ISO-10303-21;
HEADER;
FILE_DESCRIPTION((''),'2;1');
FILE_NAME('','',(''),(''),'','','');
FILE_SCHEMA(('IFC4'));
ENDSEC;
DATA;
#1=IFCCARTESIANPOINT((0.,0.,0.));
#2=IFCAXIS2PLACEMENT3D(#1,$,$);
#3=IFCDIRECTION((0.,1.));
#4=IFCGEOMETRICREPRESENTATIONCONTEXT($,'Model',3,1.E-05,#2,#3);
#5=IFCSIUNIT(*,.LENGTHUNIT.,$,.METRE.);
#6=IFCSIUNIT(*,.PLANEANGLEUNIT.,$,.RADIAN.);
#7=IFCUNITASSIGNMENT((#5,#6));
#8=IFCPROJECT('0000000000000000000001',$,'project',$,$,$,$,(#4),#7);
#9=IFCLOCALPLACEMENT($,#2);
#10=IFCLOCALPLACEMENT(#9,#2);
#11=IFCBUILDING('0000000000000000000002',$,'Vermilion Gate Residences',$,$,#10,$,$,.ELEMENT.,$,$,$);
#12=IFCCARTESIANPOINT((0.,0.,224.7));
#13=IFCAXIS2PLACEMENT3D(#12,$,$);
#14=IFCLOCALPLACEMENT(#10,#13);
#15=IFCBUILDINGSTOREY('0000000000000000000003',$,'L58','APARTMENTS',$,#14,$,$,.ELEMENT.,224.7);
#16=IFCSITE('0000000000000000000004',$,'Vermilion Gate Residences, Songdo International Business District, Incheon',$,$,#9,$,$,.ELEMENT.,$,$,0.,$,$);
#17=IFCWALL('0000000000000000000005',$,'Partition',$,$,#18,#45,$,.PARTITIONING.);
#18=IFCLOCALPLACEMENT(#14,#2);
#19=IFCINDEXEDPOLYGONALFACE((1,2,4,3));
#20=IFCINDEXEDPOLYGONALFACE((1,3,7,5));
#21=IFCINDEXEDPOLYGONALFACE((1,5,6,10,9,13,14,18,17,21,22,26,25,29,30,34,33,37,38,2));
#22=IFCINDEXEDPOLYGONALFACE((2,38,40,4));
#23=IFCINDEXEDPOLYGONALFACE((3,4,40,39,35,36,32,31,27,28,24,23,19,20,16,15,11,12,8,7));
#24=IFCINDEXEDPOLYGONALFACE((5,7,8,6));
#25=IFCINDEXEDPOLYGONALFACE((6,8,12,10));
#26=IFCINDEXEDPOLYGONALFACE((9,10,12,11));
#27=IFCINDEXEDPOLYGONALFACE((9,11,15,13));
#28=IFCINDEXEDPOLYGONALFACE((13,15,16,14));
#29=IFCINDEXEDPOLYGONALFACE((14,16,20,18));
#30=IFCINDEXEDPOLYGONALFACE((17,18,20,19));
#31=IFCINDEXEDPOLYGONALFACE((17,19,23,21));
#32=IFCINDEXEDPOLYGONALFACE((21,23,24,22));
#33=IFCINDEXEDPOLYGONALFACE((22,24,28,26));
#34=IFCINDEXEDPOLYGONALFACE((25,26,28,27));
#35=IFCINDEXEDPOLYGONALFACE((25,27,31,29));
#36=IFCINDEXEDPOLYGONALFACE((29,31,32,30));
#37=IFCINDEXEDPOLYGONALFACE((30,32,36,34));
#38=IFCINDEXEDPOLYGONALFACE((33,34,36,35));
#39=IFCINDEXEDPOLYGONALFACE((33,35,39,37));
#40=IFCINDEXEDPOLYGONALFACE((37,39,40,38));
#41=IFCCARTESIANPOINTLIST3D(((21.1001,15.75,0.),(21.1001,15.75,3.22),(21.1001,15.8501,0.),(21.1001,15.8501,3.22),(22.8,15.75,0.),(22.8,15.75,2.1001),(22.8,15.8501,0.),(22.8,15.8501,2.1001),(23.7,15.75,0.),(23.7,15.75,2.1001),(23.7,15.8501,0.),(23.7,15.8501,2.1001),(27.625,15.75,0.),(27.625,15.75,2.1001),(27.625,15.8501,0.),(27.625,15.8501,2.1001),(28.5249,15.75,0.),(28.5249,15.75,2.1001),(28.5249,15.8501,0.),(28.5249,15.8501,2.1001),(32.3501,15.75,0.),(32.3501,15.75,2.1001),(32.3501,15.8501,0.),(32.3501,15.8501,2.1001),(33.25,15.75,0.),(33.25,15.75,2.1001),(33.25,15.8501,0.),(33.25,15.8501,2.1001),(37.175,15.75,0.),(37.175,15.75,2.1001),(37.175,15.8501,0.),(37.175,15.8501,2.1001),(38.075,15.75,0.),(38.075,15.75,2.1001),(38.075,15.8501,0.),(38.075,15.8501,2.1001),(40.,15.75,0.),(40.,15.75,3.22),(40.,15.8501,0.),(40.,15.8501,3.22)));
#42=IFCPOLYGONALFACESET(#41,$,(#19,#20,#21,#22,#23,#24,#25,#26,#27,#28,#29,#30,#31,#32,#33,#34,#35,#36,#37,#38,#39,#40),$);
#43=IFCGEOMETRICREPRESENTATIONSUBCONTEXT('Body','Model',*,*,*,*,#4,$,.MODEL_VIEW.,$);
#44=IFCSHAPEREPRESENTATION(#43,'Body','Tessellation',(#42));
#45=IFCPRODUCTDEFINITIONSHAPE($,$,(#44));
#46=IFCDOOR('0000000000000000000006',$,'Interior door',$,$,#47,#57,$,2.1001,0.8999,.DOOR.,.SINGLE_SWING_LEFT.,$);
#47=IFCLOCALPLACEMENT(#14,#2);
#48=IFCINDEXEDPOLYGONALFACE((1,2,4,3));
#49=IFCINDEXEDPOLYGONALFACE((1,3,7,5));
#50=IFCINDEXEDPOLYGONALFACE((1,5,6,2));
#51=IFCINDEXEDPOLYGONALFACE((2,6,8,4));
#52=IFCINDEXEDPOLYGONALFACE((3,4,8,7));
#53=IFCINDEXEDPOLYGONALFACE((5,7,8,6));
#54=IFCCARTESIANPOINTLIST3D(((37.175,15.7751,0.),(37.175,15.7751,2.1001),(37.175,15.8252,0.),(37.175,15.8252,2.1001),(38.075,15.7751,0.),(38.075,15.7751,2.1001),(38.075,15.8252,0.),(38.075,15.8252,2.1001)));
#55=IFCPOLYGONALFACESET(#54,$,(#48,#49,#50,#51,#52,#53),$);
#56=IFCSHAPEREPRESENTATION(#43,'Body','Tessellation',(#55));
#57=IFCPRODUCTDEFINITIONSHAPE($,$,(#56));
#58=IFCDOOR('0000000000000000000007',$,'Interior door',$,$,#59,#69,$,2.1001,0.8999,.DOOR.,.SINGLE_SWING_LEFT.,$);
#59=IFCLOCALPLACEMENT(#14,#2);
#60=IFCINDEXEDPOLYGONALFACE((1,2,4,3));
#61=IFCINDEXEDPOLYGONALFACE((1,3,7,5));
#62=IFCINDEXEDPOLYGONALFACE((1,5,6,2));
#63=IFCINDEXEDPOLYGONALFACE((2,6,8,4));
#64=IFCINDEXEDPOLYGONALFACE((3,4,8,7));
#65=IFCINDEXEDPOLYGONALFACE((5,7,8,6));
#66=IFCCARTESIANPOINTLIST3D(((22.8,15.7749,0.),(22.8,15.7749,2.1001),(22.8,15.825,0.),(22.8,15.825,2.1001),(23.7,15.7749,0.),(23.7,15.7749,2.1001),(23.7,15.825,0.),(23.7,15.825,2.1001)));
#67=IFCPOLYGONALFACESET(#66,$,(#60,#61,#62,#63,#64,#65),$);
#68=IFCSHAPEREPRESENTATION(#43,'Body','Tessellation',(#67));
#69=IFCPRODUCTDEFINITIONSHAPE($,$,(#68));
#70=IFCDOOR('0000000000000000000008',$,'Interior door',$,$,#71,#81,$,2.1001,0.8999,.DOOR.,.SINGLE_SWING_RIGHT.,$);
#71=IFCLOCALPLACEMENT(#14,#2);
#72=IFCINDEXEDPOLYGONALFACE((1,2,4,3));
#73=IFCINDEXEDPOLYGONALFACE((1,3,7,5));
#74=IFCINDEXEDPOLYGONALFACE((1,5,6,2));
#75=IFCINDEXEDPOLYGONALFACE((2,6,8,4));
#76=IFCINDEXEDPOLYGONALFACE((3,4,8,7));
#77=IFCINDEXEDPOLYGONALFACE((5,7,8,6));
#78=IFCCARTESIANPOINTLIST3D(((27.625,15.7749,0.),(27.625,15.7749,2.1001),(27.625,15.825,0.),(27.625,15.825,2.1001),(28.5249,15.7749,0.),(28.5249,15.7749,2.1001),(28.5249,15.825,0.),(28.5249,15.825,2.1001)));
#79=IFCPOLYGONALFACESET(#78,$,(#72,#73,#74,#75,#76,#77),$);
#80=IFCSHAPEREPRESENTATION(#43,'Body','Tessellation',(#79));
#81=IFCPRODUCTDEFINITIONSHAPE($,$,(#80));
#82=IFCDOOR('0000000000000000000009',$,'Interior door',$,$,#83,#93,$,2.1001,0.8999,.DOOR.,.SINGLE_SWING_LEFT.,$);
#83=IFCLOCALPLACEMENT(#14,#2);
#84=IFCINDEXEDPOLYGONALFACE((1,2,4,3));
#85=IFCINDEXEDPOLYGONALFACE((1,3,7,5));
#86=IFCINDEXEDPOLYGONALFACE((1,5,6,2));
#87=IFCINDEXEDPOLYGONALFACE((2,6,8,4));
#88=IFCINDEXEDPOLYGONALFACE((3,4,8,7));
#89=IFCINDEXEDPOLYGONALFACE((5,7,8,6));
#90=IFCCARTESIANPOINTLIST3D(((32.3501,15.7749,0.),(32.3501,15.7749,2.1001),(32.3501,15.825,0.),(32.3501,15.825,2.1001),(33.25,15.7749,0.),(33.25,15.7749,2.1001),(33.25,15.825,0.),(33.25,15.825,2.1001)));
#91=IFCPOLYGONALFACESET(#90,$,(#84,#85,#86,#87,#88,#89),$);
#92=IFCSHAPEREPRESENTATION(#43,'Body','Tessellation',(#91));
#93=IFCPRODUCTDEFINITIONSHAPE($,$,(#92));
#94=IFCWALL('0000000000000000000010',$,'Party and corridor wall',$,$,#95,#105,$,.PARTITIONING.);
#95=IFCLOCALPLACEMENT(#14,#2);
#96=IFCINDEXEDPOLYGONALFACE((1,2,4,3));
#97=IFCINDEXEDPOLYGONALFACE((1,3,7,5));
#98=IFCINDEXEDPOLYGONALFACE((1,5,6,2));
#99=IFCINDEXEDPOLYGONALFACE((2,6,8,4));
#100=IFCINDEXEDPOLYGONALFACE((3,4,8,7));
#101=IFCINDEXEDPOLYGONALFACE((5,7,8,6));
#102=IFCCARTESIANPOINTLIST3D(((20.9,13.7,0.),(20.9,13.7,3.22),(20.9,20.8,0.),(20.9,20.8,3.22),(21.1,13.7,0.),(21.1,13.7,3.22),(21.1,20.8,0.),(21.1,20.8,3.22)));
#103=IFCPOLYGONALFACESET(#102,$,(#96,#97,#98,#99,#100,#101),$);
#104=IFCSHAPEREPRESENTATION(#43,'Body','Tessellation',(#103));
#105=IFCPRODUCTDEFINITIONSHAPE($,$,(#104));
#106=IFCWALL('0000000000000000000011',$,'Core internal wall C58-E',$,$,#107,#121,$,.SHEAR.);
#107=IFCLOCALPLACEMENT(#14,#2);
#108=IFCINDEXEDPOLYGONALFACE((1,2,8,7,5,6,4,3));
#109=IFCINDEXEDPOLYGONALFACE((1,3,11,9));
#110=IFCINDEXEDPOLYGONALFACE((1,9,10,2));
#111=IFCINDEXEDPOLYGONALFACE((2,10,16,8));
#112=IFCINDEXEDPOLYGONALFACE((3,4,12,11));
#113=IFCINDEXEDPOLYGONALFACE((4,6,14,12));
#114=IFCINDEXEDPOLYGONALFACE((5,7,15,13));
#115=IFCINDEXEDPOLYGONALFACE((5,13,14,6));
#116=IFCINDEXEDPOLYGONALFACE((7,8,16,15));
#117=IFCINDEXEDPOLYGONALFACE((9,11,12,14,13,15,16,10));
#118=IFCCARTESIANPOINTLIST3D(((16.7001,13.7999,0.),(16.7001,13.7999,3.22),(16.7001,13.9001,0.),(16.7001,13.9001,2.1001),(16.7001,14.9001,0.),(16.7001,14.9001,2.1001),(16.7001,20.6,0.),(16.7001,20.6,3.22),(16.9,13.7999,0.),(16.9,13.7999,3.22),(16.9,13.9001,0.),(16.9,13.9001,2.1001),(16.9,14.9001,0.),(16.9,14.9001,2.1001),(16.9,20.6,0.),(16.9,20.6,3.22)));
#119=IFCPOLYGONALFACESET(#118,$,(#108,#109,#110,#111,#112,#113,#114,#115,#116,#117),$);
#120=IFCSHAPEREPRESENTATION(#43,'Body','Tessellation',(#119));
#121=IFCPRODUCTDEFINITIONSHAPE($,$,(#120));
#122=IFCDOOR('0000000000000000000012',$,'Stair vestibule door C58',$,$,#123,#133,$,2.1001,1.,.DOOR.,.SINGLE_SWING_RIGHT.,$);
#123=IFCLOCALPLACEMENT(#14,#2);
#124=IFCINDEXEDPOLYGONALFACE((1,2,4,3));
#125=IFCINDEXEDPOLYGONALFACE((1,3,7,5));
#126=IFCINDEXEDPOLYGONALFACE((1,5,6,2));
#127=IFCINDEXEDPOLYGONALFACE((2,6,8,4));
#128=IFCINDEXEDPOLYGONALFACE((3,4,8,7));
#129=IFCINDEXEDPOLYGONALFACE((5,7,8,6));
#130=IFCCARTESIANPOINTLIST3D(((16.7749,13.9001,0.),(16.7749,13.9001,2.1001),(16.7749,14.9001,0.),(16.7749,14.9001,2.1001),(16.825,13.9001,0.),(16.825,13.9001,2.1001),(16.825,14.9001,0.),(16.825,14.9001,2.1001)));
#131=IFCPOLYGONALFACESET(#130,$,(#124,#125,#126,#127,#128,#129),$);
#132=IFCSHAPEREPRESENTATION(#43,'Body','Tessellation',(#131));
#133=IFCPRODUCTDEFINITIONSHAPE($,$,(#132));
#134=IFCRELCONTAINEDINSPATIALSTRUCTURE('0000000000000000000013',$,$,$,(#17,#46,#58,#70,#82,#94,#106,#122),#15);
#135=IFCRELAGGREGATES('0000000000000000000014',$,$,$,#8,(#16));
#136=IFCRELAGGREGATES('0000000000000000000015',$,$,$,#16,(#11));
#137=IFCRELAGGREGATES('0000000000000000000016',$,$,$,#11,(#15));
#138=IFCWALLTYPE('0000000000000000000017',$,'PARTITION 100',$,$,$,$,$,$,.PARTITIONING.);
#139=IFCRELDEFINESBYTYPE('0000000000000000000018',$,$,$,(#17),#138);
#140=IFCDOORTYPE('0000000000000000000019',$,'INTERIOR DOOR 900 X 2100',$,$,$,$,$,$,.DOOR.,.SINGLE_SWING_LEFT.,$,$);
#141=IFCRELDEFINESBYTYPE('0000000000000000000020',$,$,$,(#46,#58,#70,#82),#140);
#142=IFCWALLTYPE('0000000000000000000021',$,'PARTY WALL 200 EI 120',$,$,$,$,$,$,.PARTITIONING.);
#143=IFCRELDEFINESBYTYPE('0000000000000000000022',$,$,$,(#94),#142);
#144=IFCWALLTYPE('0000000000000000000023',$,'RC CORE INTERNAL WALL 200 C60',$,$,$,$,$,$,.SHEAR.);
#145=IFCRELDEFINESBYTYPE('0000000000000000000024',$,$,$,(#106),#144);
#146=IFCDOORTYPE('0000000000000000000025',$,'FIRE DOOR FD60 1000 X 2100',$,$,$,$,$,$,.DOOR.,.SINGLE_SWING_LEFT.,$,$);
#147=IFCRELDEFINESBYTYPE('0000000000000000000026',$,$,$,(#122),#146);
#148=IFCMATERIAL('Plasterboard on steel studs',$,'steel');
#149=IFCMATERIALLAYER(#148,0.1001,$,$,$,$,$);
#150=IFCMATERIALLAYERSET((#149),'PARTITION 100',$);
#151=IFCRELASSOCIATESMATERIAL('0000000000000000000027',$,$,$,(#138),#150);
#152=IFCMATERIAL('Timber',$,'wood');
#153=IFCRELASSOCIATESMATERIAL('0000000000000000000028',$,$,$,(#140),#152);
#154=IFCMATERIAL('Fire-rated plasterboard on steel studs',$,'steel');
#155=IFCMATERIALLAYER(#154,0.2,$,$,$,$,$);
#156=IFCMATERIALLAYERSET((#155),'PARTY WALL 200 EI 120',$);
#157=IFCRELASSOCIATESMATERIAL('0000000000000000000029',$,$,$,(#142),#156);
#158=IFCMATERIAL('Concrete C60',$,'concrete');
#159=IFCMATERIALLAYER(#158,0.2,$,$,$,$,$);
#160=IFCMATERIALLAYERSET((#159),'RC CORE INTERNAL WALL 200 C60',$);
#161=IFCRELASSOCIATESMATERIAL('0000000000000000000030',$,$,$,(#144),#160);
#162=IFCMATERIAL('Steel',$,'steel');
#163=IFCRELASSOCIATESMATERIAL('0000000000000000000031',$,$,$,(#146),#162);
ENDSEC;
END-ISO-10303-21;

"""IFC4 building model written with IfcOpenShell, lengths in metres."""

from ifc_helpers import new_model, si_unit, direction, frame, frame_2d, origin, place, context, subcontext, project, spatial, rectangle, extrude, material, layer, layer_set, type_object, element, fill, save


model = new_model("IFC4")

# Units and contexts
model_context = context("Model", 3, precision=1e-05, world=origin(), true_north=direction((0.0, 1.0)))
body_context = subcontext(model_context, "Body", "Model", "MODEL_VIEW")
ifc_project = project(units=[si_unit("LENGTHUNIT", "METRE"), si_unit("PLANEANGLEUNIT", "RADIAN")], contexts=[model_context])

# Site, building, storey
site_placement = place(None, origin())
site = spatial("IfcSite", under=ifc_project, at=site_placement, Name="Vermilion Gate Residences, Songdo International Business District, Incheon", CompositionType="ELEMENT", RefElevation=0.0)
building_placement = place(site_placement, origin())
building = spatial("IfcBuilding", under=site, at=building_placement, Name="Vermilion Gate Residences", CompositionType="ELEMENT")
storey_placement = place(building_placement, frame((0.0, 0.0, 224.7)))
storey = spatial("IfcBuildingStorey", under=building, at=storey_placement, Name="L58", Description="APARTMENTS", CompositionType="ELEMENT", Elevation=224.7)

# Wall, openings, doors
ifc_material_1 = material(Name="Plasterboard on steel studs", Category="steel")
ifc_layer_1 = layer(ifc_material_1, 0.1001)
ifc_layer_set_1 = layer_set([ifc_layer_1], Name="PARTITION 100")
wall_type_1 = type_object("IfcWallType", Name="PARTITION 100", PredefinedType="PARTITIONING", material=ifc_layer_set_1)
ifc_material_2 = material(Name="Timber", Category="wood")
door_type_1 = type_object("IfcDoorType", Name="INTERIOR DOOR 900 X 2100", OperationType="SINGLE_SWING_LEFT", PredefinedType="DOOR", material=ifc_material_2)
wall_1_placement = place(storey_placement, frame((21.1001, 15.8, 0.0), z_axis=(0.0, 0.0, 1.0), x_axis=(1.0, 0.0, 0.0)))
wall_1 = element("IfcWall", 1, at=wall_1_placement, inside=storey, type_object=wall_type_1, Name="Partition", PredefinedType="PARTITIONING", context=body_context, shape_type="SweptSolid", body=[
    extrude(rectangle(XDim=18.8999, YDim=0.1001, at=frame_2d((9.45, 0.0))), origin(), (0.0, 0.0, 1.0), 3.22),
])
opening_1_placement = place(wall_1_placement, frame((16.075, 0.0, 0.0)))
opening_1 = element("IfcOpeningElement", 2, at=opening_1_placement, cuts=wall_1, PredefinedType="OPENING", context=body_context, shape_type="SweptSolid", body=[
    extrude(rectangle(XDim=0.8999, YDim=2.1001, at=frame_2d((0.45, 1.05))), frame((0.0, 0.0601, 0.0), z_axis=(0.0, -1.0, 0.0), x_axis=(1.0, 0.0, 0.0)), (0.0, 0.0, 1.0), 0.1201),
])
opening_2_placement = place(wall_1_placement, frame((1.7, 0.0, 0.0)))
opening_2 = element("IfcOpeningElement", 3, at=opening_2_placement, cuts=wall_1, PredefinedType="OPENING", context=body_context, shape_type="SweptSolid", body=[
    extrude(rectangle(XDim=0.8999, YDim=2.1001, at=frame_2d((0.45, 1.05))), frame((0.0, 0.0601, 0.0), z_axis=(0.0, -1.0, 0.0), x_axis=(1.0, 0.0, 0.0)), (0.0, 0.0, 1.0), 0.1201),
])
opening_3_placement = place(wall_1_placement, frame((6.5249, 0.0, 0.0)))
opening_3 = element("IfcOpeningElement", 4, at=opening_3_placement, cuts=wall_1, PredefinedType="OPENING", context=body_context, shape_type="SweptSolid", body=[
    extrude(rectangle(XDim=0.8999, YDim=2.1001, at=frame_2d((0.45, 1.05))), frame((0.0, 0.0601, 0.0), z_axis=(0.0, -1.0, 0.0), x_axis=(1.0, 0.0, 0.0)), (0.0, 0.0, 1.0), 0.1201),
])
opening_4_placement = place(wall_1_placement, frame((11.25, 0.0, 0.0)))
opening_4 = element("IfcOpeningElement", 5, at=opening_4_placement, cuts=wall_1, PredefinedType="OPENING", context=body_context, shape_type="SweptSolid", body=[
    extrude(rectangle(XDim=0.8999, YDim=2.1001, at=frame_2d((0.45, 1.05))), frame((0.0, 0.0601, 0.0), z_axis=(0.0, -1.0, 0.0), x_axis=(1.0, 0.0, 0.0)), (0.0, 0.0, 1.0), 0.1201),
])
door_1_placement = place(opening_1_placement, frame((0.8999, 0.0, 0.0), z_axis=(0.0, 0.0, 1.0), x_axis=(-1.0, 0.0, 0.0)))
door_1 = element("IfcDoor", 6, at=door_1_placement, inside=storey, type_object=door_type_1, Name="Interior door", OperationType="SINGLE_SWING_LEFT", OverallHeight=2.1001, OverallWidth=0.8999, PredefinedType="DOOR", context=body_context, shape_type="SweptSolid", body=[
    extrude(rectangle(XDim=0.8999, YDim=2.1001, at=frame_2d((0.45, 1.05))), frame((0.0, 0.0249, 0.0), z_axis=(0.0, -1.0, 0.0), x_axis=(1.0, 0.0, 0.0)), (0.0, 0.0, 1.0), 0.05),
])
fill(opening_1, door_1)
door_2_placement = place(opening_2_placement, origin())
door_2 = element("IfcDoor", 7, at=door_2_placement, inside=storey, type_object=door_type_1, Name="Interior door", OperationType="SINGLE_SWING_LEFT", OverallHeight=2.1001, OverallWidth=0.8999, PredefinedType="DOOR", context=body_context, shape_type="SweptSolid", body=[
    extrude(rectangle(XDim=0.8999, YDim=2.1001, at=frame_2d((0.45, 1.05))), frame((0.0, 0.0249, 0.0), z_axis=(0.0, -1.0, 0.0), x_axis=(1.0, 0.0, 0.0)), (0.0, 0.0, 1.0), 0.05),
])
fill(opening_2, door_2)
door_3_placement = place(opening_3_placement, origin())
door_3 = element("IfcDoor", 8, at=door_3_placement, inside=storey, type_object=door_type_1, Name="Interior door", OperationType="SINGLE_SWING_RIGHT", OverallHeight=2.1001, OverallWidth=0.8999, PredefinedType="DOOR", context=body_context, shape_type="SweptSolid", body=[
    extrude(rectangle(XDim=0.8999, YDim=2.1001, at=frame_2d((0.45, 1.05))), frame((0.0, 0.0249, 0.0), z_axis=(0.0, -1.0, 0.0), x_axis=(1.0, 0.0, 0.0)), (0.0, 0.0, 1.0), 0.05),
])
fill(opening_3, door_3)
door_4_placement = place(opening_4_placement, origin())
door_4 = element("IfcDoor", 9, at=door_4_placement, inside=storey, type_object=door_type_1, Name="Interior door", OperationType="SINGLE_SWING_LEFT", OverallHeight=2.1001, OverallWidth=0.8999, PredefinedType="DOOR", context=body_context, shape_type="SweptSolid", body=[
    extrude(rectangle(XDim=0.8999, YDim=2.1001, at=frame_2d((0.45, 1.05))), frame((0.0, 0.0249, 0.0), z_axis=(0.0, -1.0, 0.0), x_axis=(1.0, 0.0, 0.0)), (0.0, 0.0, 1.0), 0.05),
])
fill(opening_4, door_4)

# Wall
ifc_material_3 = material(Name="Fire-rated plasterboard on steel studs", Category="steel")
ifc_layer_2 = layer(ifc_material_3, 0.2)
ifc_layer_set_2 = layer_set([ifc_layer_2], Name="PARTY WALL 200 EI 120")
wall_type_2 = type_object("IfcWallType", Name="PARTY WALL 200 EI 120", PredefinedType="PARTITIONING", material=ifc_layer_set_2)
wall_2_placement = place(storey_placement, frame((21.0, 13.7, 0.0), z_axis=(0.0, 0.0, 1.0), x_axis=(0.0, 1.0, 0.0)))
element("IfcWall", 10, at=wall_2_placement, inside=storey, type_object=wall_type_2, Name="Party and corridor wall", PredefinedType="PARTITIONING", context=body_context, shape_type="SweptSolid", body=[
    extrude(rectangle(XDim=7.1001, YDim=0.2, at=frame_2d((3.55, 0.0))), origin(), (0.0, 0.0, 1.0), 3.22),
])

# Wall, opening, door
ifc_material_4 = material(Name="Concrete C60", Category="concrete")
ifc_layer_3 = layer(ifc_material_4, 0.2)
ifc_layer_set_3 = layer_set([ifc_layer_3], Name="RC CORE INTERNAL WALL 200 C60")
wall_type_3 = type_object("IfcWallType", Name="RC CORE INTERNAL WALL 200 C60", PredefinedType="SHEAR", material=ifc_layer_set_3)
wall_3_placement = place(storey_placement, frame((16.8, 13.8, 0.0), z_axis=(0.0, 0.0, 1.0), x_axis=(0.0, 1.0, 0.0)))
wall_3 = element("IfcWall", 11, at=wall_3_placement, inside=storey, type_object=wall_type_3, Name="Core internal wall C58-E", PredefinedType="SHEAR", context=body_context, shape_type="SweptSolid", body=[
    extrude(rectangle(XDim=6.8, YDim=0.2, at=frame_2d((3.3999, 0.0))), origin(), (0.0, 0.0, 1.0), 3.22),
])
opening_5_placement = place(wall_3_placement, frame((0.1001, 0.0, 0.0)))
opening_5 = element("IfcOpeningElement", 12, at=opening_5_placement, cuts=wall_3, PredefinedType="OPENING", context=body_context, shape_type="SweptSolid", body=[
    extrude(rectangle(XDim=1.0, YDim=2.1001, at=frame_2d((0.5, 1.05))), frame((0.0, 0.1099, 0.0), z_axis=(0.0, -1.0, 0.0), x_axis=(1.0, 0.0, 0.0)), (0.0, 0.0, 1.0), 0.22),
])
ifc_material_5 = material(Name="Steel", Category="steel")
door_type_2 = type_object("IfcDoorType", Name="FIRE DOOR FD60 1000 X 2100", OperationType="SINGLE_SWING_LEFT", PredefinedType="DOOR", material=ifc_material_5)
door_5_placement = place(opening_5_placement, frame((1.0, 0.0, 0.0), z_axis=(0.0, 0.0, 1.0), x_axis=(-1.0, 0.0, 0.0)))
door_5 = element("IfcDoor", 13, at=door_5_placement, inside=storey, type_object=door_type_2, Name="Stair vestibule door C58", OperationType="SINGLE_SWING_RIGHT", OverallHeight=2.1001, OverallWidth=1.0, PredefinedType="DOOR", context=body_context, shape_type="SweptSolid", body=[
    extrude(rectangle(XDim=1.0, YDim=2.1001, at=frame_2d((0.5, 1.05))), frame((0.0, 0.0249, 0.0), z_axis=(0.0, -1.0, 0.0), x_axis=(1.0, 0.0, 0.0)), (0.0, 0.0, 1.0), 0.05),
])
fill(opening_5, door_5)

save(model, "model.ifc")
